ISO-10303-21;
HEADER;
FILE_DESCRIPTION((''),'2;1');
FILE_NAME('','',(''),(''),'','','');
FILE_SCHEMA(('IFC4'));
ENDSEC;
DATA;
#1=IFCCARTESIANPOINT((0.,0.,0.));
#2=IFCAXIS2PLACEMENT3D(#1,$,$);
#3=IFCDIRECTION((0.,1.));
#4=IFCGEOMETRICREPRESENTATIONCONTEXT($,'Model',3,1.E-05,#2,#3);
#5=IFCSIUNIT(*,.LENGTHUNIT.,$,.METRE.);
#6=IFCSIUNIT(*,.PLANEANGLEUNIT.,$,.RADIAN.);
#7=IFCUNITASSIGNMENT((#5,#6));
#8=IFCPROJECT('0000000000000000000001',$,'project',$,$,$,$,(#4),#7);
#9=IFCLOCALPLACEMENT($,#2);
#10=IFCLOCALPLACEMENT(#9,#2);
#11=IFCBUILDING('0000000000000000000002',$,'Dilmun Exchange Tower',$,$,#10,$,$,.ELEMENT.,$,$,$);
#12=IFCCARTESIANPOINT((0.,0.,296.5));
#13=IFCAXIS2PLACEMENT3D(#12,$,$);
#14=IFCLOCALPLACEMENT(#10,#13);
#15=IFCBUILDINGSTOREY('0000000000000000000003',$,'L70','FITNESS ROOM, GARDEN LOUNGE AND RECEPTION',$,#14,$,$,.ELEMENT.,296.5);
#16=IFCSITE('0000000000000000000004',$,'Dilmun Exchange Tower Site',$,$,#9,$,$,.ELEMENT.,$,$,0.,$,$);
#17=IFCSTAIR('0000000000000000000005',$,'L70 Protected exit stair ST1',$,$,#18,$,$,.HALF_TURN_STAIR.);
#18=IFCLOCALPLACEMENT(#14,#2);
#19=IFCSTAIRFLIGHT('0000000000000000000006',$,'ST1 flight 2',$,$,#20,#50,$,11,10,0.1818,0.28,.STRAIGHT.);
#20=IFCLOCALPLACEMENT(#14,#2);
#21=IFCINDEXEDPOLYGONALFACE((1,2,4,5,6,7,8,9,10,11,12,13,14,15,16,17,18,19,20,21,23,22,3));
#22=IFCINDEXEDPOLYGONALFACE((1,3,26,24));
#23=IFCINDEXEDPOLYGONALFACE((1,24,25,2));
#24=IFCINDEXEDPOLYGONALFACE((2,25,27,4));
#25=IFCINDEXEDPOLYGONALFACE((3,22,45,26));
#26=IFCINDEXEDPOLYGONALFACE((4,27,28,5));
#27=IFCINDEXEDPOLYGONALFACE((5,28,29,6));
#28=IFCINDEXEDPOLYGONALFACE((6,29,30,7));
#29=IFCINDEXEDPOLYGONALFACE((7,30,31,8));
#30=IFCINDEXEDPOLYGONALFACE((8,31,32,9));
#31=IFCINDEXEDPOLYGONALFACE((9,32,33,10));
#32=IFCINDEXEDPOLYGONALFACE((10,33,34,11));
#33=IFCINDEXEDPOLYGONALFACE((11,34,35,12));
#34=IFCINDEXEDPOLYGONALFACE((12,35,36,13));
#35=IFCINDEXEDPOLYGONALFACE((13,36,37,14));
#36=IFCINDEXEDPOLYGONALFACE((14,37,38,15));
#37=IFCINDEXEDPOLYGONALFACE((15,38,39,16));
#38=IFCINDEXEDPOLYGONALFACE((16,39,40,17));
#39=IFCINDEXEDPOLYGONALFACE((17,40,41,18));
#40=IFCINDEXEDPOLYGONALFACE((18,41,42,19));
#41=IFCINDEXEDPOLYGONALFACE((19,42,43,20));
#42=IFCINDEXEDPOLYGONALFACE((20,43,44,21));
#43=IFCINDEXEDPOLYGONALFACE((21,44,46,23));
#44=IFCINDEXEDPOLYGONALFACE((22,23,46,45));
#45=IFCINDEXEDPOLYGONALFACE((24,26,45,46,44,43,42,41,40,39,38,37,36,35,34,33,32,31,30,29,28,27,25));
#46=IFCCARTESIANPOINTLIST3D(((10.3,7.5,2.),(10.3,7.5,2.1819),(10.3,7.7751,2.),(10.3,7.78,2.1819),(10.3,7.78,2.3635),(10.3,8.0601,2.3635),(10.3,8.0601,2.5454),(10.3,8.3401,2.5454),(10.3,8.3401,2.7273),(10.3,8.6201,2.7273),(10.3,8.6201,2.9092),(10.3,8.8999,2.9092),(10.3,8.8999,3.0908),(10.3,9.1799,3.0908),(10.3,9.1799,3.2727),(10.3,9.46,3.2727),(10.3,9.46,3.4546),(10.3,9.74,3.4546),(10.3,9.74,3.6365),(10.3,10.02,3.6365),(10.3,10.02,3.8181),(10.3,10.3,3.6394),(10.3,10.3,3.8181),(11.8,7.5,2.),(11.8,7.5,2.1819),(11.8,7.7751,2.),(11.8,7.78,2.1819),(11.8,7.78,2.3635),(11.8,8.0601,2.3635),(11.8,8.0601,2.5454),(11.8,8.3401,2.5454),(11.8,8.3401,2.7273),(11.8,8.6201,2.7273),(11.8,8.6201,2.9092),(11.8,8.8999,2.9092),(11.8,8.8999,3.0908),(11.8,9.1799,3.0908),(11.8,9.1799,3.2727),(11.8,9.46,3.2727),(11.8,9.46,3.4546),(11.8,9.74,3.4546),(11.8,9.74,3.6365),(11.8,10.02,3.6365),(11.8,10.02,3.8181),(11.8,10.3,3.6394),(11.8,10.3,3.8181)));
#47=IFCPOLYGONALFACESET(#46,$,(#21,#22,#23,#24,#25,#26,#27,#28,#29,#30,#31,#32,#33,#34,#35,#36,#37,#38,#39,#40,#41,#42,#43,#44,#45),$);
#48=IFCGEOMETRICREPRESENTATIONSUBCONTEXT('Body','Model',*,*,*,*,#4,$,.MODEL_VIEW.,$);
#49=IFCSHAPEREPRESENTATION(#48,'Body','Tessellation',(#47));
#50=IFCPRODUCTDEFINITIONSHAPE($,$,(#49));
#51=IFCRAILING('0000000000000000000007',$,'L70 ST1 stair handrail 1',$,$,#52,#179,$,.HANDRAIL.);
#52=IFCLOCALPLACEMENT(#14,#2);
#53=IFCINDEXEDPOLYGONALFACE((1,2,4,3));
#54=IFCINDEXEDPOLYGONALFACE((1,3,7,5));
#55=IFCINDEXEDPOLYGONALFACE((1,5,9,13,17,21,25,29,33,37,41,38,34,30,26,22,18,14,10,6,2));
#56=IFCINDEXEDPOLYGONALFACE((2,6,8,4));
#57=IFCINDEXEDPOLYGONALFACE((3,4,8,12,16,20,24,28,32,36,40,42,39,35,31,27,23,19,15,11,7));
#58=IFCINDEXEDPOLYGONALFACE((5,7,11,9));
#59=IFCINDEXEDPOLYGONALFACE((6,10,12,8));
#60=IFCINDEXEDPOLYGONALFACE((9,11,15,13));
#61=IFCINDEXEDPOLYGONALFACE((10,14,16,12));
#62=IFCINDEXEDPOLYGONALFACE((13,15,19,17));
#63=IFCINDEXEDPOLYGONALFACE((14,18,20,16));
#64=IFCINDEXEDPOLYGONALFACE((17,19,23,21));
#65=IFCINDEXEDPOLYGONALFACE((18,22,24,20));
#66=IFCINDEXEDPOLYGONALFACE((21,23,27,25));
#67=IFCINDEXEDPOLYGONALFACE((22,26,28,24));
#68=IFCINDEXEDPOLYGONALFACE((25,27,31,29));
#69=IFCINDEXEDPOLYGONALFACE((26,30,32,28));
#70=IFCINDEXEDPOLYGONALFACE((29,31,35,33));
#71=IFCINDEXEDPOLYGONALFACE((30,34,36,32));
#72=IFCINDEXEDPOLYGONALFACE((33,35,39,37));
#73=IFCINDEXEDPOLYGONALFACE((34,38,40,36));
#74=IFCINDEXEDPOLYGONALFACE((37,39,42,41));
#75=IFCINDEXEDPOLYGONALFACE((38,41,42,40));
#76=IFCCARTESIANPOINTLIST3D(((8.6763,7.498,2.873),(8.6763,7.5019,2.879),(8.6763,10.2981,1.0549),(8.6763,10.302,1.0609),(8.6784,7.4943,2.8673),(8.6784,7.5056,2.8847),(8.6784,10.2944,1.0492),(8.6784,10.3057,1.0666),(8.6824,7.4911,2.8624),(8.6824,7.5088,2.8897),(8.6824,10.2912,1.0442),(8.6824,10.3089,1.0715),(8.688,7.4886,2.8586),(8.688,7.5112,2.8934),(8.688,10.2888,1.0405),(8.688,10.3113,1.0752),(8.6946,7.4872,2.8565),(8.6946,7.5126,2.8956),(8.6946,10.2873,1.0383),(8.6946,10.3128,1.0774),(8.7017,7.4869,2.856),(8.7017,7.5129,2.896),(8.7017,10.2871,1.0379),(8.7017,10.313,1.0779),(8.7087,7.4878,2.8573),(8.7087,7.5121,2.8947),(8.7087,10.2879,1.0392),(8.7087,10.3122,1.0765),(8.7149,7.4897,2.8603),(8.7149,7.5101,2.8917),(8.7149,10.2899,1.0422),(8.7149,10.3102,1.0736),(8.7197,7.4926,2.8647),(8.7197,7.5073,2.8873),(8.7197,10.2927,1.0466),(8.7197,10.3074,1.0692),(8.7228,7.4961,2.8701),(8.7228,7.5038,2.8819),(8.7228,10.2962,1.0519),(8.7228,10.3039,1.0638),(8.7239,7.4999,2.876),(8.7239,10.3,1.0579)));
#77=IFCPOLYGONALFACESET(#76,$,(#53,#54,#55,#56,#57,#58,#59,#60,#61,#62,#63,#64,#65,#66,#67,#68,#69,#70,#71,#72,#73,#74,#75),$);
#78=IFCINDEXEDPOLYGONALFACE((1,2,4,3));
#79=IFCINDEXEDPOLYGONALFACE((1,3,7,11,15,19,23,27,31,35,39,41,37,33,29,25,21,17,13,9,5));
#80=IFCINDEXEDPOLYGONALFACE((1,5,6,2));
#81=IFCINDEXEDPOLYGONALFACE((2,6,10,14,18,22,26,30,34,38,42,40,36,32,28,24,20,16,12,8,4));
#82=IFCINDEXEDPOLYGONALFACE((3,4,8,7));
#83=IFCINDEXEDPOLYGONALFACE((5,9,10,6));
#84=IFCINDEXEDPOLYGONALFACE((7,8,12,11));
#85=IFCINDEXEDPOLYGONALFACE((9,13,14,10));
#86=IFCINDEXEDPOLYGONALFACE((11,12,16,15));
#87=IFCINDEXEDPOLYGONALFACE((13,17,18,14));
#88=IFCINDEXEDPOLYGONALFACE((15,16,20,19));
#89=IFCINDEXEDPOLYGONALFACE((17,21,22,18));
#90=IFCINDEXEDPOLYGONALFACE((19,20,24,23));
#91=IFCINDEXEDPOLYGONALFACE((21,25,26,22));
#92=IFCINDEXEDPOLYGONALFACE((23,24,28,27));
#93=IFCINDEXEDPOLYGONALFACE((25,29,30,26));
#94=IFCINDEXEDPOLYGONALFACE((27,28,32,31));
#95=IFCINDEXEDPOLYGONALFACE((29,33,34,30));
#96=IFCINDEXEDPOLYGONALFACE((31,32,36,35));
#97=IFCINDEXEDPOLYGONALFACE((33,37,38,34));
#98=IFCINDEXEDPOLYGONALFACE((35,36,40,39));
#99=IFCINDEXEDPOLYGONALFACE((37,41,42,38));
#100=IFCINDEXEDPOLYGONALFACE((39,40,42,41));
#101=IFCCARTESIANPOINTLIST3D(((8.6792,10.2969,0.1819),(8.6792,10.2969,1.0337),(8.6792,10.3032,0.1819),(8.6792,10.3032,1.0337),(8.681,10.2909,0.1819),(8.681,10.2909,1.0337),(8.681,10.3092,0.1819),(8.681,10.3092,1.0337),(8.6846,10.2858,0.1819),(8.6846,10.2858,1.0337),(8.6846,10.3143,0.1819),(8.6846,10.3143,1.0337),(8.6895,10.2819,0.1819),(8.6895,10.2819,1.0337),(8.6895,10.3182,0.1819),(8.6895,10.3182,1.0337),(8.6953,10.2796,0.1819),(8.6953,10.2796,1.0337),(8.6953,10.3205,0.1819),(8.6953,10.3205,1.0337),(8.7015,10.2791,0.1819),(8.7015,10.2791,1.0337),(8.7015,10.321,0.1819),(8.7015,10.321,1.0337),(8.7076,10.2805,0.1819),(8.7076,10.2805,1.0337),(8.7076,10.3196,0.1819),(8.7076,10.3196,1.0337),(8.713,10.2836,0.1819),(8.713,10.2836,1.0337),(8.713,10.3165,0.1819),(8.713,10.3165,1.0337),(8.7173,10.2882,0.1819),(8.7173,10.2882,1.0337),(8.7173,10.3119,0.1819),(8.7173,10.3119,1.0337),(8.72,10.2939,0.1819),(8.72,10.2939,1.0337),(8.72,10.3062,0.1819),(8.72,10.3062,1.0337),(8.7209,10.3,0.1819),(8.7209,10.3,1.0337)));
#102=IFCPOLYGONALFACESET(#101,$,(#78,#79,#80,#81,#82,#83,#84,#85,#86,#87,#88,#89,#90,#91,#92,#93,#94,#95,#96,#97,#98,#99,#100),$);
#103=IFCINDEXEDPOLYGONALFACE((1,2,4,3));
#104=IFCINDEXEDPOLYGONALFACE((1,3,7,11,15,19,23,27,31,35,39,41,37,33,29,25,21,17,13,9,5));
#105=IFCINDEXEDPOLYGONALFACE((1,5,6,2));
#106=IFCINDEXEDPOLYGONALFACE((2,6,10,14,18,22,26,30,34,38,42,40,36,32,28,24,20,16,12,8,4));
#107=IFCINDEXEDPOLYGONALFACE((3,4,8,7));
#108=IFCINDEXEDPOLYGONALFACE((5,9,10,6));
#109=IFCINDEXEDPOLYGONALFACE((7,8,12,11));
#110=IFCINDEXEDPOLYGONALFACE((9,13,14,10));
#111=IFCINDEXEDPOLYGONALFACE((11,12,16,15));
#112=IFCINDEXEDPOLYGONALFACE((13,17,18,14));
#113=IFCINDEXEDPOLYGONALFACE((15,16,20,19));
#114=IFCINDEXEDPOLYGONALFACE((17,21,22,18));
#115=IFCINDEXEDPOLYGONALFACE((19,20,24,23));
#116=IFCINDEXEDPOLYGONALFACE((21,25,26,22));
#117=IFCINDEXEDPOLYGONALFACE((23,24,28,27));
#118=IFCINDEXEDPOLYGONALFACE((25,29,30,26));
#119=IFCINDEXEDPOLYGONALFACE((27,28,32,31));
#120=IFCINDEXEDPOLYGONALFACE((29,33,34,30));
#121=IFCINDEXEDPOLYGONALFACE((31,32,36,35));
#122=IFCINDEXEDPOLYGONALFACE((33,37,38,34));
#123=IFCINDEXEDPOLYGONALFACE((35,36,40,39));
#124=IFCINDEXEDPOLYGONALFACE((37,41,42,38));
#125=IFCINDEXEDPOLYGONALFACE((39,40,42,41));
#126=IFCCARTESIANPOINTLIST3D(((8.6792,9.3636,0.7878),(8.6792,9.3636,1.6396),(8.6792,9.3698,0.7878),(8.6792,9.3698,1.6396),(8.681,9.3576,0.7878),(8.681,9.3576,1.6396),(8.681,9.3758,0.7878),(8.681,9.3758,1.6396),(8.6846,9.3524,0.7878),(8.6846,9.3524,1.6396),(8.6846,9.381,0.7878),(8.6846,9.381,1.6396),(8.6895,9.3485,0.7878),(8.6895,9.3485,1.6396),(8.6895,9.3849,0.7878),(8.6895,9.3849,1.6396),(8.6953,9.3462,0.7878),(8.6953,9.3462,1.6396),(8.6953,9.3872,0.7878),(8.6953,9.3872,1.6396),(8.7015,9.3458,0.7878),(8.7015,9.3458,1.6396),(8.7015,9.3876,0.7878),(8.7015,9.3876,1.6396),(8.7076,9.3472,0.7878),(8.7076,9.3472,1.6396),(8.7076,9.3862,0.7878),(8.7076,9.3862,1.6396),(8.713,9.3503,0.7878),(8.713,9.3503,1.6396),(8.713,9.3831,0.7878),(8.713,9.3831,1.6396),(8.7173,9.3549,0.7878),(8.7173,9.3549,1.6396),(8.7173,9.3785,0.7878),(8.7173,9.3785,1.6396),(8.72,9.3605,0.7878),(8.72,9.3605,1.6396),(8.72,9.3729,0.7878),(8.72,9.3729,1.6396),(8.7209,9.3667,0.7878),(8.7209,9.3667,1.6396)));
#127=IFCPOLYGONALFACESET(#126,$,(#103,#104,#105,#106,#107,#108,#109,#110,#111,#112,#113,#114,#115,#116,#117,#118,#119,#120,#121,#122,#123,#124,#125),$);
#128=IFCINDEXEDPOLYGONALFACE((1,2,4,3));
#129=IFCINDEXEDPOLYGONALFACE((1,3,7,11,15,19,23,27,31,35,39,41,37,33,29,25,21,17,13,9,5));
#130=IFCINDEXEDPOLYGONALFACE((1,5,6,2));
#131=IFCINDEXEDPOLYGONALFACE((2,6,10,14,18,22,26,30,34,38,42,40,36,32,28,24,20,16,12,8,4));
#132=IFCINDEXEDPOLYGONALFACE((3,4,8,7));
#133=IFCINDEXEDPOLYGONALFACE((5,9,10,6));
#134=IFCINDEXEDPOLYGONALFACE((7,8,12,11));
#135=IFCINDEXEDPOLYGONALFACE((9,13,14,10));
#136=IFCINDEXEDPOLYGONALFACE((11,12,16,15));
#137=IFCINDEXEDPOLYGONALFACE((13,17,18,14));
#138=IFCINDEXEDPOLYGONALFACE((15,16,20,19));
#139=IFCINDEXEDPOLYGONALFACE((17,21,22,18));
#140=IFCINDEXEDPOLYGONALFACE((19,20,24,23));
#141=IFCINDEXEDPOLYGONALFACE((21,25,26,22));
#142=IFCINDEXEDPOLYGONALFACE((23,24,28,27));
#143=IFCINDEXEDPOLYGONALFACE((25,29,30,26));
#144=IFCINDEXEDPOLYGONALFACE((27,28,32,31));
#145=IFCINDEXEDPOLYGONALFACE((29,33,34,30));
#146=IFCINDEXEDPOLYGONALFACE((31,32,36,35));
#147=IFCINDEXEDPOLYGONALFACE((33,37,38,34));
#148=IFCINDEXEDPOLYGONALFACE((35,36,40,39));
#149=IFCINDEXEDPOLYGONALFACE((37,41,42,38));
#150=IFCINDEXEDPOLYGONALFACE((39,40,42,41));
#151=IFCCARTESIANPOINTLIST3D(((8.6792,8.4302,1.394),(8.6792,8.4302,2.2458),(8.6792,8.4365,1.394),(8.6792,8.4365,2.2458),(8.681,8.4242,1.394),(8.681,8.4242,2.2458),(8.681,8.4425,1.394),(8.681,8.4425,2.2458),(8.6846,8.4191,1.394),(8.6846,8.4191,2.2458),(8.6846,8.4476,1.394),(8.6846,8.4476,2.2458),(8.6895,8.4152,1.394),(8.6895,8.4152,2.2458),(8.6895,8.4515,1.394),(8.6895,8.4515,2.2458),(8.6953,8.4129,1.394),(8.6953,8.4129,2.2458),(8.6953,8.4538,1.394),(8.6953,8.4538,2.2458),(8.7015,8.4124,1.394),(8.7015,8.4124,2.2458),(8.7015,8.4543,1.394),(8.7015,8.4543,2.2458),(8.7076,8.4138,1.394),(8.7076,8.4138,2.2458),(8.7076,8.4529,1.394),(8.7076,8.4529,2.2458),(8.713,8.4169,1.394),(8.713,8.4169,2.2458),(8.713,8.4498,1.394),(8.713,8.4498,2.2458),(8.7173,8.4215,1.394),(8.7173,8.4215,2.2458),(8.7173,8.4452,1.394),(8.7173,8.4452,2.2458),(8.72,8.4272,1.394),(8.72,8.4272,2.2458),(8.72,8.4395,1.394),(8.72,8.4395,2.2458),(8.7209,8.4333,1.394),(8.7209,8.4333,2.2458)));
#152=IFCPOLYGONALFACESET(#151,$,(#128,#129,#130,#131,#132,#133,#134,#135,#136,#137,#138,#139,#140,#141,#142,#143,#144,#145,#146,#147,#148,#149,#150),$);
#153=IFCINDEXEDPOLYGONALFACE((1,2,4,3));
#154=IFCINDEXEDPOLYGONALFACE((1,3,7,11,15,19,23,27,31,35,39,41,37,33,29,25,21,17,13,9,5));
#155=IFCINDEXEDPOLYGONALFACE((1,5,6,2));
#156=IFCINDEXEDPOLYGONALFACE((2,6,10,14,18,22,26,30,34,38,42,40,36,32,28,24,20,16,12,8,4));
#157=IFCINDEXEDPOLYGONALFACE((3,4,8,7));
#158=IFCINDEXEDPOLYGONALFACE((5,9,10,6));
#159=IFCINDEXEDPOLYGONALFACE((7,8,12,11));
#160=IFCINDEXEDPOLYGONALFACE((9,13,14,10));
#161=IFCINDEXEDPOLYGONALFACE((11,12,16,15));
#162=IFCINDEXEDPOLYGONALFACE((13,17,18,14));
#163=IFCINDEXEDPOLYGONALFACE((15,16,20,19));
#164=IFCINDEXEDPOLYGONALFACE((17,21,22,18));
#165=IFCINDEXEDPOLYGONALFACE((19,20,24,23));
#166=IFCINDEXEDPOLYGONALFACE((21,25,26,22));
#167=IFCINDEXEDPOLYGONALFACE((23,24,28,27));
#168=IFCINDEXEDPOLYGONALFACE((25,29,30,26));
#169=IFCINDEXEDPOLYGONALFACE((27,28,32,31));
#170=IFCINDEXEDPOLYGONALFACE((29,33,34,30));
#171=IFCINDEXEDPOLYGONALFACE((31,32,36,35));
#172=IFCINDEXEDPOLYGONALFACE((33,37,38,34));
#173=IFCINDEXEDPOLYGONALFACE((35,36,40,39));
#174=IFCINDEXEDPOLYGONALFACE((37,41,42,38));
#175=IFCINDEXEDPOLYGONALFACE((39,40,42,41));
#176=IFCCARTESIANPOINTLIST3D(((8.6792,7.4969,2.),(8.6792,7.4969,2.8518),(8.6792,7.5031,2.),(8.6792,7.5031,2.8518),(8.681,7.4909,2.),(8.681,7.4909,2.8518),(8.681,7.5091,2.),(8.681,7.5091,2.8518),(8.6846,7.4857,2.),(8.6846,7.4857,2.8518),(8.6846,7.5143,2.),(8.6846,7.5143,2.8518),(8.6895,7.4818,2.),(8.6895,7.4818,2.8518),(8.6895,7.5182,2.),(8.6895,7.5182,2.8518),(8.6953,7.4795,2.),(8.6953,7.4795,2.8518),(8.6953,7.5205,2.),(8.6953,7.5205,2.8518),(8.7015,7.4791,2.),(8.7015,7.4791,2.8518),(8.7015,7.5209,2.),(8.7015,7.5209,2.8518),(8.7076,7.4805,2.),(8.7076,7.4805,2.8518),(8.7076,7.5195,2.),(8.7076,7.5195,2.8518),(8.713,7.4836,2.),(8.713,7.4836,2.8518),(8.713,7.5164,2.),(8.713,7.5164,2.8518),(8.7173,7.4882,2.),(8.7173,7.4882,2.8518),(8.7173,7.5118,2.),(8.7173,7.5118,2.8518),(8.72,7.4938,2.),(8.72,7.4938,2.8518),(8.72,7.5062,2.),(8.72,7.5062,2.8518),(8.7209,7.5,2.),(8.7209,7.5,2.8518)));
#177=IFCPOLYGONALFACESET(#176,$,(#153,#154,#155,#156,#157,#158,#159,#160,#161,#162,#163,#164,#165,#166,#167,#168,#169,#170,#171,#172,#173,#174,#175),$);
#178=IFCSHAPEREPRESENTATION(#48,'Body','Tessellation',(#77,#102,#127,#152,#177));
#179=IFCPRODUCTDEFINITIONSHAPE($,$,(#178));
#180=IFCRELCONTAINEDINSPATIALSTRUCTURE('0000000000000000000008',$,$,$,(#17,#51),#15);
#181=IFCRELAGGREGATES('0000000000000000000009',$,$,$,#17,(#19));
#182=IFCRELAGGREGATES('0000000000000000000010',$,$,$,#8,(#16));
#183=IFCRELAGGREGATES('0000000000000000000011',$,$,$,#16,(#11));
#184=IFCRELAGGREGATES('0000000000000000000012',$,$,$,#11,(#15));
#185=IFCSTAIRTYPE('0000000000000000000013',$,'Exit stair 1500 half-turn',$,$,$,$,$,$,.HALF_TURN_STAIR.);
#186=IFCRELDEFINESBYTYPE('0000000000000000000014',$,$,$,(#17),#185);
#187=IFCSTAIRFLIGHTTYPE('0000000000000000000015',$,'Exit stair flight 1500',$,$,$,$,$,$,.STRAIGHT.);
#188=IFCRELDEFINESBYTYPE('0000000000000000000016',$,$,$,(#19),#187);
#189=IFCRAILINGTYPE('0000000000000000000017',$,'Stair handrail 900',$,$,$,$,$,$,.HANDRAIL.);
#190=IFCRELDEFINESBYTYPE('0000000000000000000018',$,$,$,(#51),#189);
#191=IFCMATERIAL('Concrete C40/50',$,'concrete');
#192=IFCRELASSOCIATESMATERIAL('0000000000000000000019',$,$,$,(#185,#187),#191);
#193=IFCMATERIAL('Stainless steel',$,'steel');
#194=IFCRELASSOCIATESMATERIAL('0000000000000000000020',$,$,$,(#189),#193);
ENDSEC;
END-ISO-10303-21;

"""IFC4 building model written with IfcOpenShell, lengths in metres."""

from ifc_helpers import new_model, si_unit, direction, frame, origin, origin_2d, place, context, subcontext, project, spatial, polyline, circle, outline, extrude, material, type_object, element, aggregate, save


model = new_model("IFC4")

# Units and contexts
model_context = context("Model", 3, precision=1e-05, world=origin(), true_north=direction((0.0, 1.0)))
body_context = subcontext(model_context, "Body", "Model", "MODEL_VIEW")
ifc_project = project(units=[si_unit("LENGTHUNIT", "METRE"), si_unit("PLANEANGLEUNIT", "RADIAN")], contexts=[model_context])

# Site, building, storey
site_placement = place(None, origin())
site = spatial("IfcSite", under=ifc_project, at=site_placement, Name="Dilmun Exchange Tower Site", CompositionType="ELEMENT", RefElevation=0.0)
building_placement = place(site_placement, origin())
building = spatial("IfcBuilding", under=site, at=building_placement, Name="Dilmun Exchange Tower", CompositionType="ELEMENT")
storey_placement = place(building_placement, frame((0.0, 0.0, 296.5)))
storey = spatial("IfcBuildingStorey", under=building, at=storey_placement, Name="L70", Description="FITNESS ROOM, GARDEN LOUNGE AND RECEPTION", CompositionType="ELEMENT", Elevation=296.5)

# Shared definitions
ifc_material_1 = material(Name="Concrete C40/50", Category="concrete")

# Stair, stair flight
stair_type = type_object("IfcStairType", Name="Exit stair 1500 half-turn", PredefinedType="HALF_TURN_STAIR", material=ifc_material_1)
stair_placement = place(storey_placement, origin())
stair = element("IfcStair", 1, at=stair_placement, inside=storey, type_object=stair_type, Name="L70 Protected exit stair ST1", PredefinedType="HALF_TURN_STAIR")
stair_flight_type = type_object("IfcStairFlightType", Name="Exit stair flight 1500", PredefinedType="STRAIGHT", material=ifc_material_1)
stair_flight_1_placement = place(storey_placement, frame((11.05, 7.5, 2.0), z_axis=(0.0, 0.0, 1.0), x_axis=(0.0, 1.0, 0.0)))
stair_flight_1 = element("IfcStairFlight", 2, at=stair_flight_1_placement, type_object=stair_flight_type, Name="ST1 flight 2", NumberOfRisers=11, NumberOfTreads=10, PredefinedType="STRAIGHT", RiserHeight=0.1818, TreadLength=0.28, context=body_context, shape_type="SweptSolid", body=[
    extrude(outline(polyline([(0.0, 0.0), (0.0, 0.1819), (0.28, 0.1819), (0.28, 0.3635), (0.5601, 0.3635), (0.5601, 0.5454), (0.8401, 0.5454), (0.8401, 0.7273), (1.1201, 0.7273), (1.1201, 0.9092), (1.3999, 0.9092), (1.3999, 1.0908), (1.6799, 1.0908), (1.6799, 1.2727), (1.96, 1.2727), (1.96, 1.4546), (2.24, 1.4546), (2.24, 1.6365), (2.52, 1.6365), (2.52, 1.8181), (2.8, 1.8181), (2.8, 2.0), (2.8, 1.6394), (0.2751, 0.0), (0.0, 0.0)])), frame((0.0, 0.75, 0.0), z_axis=(0.0, -1.0, 0.0), x_axis=(1.0, 0.0, 0.0)), (0.0, 0.0, 1.0), 1.5),
])
aggregate(stair, [stair_flight_1])

# Railing
ifc_material_2 = material(Name="Stainless steel", Category="steel")
railing_type = type_object("IfcRailingType", Name="Stair handrail 900", PredefinedType="HANDRAIL", material=ifc_material_2)
railing_1_placement = place(storey_placement, frame((8.7, 10.3, 0.1819)))
element("IfcRailing", 3, at=railing_1_placement, inside=storey, type_object=railing_type, Name="L70 ST1 stair handrail 1", PredefinedType="HANDRAIL", context=body_context, shape_type="SweptSolid", body=[
    extrude(circle(Radius=0.0239, at=origin_2d()), frame((0.0, 0.0, 0.876), z_axis=(0.0, -0.838706, 0.544585), x_axis=(1.0, 0.0, 0.0)), (0.0, 0.0, 1.0), 3.3386),
    extrude(circle(Radius=0.021, at=origin_2d()), origin(), (0.0, 0.0, 1.0), 0.8518),
    extrude(circle(Radius=0.021, at=origin_2d()), frame((0.0, -0.9333, 0.606)), (0.0, 0.0, 1.0), 0.8518),
    extrude(circle(Radius=0.021, at=origin_2d()), frame((0.0, -1.8667, 1.2122)), (0.0, 0.0, 1.0), 0.8518),
    extrude(circle(Radius=0.021, at=origin_2d()), frame((0.0, -2.8, 1.8181)), (0.0, 0.0, 1.0), 0.8518),
])

save(model, "model.ifc")
